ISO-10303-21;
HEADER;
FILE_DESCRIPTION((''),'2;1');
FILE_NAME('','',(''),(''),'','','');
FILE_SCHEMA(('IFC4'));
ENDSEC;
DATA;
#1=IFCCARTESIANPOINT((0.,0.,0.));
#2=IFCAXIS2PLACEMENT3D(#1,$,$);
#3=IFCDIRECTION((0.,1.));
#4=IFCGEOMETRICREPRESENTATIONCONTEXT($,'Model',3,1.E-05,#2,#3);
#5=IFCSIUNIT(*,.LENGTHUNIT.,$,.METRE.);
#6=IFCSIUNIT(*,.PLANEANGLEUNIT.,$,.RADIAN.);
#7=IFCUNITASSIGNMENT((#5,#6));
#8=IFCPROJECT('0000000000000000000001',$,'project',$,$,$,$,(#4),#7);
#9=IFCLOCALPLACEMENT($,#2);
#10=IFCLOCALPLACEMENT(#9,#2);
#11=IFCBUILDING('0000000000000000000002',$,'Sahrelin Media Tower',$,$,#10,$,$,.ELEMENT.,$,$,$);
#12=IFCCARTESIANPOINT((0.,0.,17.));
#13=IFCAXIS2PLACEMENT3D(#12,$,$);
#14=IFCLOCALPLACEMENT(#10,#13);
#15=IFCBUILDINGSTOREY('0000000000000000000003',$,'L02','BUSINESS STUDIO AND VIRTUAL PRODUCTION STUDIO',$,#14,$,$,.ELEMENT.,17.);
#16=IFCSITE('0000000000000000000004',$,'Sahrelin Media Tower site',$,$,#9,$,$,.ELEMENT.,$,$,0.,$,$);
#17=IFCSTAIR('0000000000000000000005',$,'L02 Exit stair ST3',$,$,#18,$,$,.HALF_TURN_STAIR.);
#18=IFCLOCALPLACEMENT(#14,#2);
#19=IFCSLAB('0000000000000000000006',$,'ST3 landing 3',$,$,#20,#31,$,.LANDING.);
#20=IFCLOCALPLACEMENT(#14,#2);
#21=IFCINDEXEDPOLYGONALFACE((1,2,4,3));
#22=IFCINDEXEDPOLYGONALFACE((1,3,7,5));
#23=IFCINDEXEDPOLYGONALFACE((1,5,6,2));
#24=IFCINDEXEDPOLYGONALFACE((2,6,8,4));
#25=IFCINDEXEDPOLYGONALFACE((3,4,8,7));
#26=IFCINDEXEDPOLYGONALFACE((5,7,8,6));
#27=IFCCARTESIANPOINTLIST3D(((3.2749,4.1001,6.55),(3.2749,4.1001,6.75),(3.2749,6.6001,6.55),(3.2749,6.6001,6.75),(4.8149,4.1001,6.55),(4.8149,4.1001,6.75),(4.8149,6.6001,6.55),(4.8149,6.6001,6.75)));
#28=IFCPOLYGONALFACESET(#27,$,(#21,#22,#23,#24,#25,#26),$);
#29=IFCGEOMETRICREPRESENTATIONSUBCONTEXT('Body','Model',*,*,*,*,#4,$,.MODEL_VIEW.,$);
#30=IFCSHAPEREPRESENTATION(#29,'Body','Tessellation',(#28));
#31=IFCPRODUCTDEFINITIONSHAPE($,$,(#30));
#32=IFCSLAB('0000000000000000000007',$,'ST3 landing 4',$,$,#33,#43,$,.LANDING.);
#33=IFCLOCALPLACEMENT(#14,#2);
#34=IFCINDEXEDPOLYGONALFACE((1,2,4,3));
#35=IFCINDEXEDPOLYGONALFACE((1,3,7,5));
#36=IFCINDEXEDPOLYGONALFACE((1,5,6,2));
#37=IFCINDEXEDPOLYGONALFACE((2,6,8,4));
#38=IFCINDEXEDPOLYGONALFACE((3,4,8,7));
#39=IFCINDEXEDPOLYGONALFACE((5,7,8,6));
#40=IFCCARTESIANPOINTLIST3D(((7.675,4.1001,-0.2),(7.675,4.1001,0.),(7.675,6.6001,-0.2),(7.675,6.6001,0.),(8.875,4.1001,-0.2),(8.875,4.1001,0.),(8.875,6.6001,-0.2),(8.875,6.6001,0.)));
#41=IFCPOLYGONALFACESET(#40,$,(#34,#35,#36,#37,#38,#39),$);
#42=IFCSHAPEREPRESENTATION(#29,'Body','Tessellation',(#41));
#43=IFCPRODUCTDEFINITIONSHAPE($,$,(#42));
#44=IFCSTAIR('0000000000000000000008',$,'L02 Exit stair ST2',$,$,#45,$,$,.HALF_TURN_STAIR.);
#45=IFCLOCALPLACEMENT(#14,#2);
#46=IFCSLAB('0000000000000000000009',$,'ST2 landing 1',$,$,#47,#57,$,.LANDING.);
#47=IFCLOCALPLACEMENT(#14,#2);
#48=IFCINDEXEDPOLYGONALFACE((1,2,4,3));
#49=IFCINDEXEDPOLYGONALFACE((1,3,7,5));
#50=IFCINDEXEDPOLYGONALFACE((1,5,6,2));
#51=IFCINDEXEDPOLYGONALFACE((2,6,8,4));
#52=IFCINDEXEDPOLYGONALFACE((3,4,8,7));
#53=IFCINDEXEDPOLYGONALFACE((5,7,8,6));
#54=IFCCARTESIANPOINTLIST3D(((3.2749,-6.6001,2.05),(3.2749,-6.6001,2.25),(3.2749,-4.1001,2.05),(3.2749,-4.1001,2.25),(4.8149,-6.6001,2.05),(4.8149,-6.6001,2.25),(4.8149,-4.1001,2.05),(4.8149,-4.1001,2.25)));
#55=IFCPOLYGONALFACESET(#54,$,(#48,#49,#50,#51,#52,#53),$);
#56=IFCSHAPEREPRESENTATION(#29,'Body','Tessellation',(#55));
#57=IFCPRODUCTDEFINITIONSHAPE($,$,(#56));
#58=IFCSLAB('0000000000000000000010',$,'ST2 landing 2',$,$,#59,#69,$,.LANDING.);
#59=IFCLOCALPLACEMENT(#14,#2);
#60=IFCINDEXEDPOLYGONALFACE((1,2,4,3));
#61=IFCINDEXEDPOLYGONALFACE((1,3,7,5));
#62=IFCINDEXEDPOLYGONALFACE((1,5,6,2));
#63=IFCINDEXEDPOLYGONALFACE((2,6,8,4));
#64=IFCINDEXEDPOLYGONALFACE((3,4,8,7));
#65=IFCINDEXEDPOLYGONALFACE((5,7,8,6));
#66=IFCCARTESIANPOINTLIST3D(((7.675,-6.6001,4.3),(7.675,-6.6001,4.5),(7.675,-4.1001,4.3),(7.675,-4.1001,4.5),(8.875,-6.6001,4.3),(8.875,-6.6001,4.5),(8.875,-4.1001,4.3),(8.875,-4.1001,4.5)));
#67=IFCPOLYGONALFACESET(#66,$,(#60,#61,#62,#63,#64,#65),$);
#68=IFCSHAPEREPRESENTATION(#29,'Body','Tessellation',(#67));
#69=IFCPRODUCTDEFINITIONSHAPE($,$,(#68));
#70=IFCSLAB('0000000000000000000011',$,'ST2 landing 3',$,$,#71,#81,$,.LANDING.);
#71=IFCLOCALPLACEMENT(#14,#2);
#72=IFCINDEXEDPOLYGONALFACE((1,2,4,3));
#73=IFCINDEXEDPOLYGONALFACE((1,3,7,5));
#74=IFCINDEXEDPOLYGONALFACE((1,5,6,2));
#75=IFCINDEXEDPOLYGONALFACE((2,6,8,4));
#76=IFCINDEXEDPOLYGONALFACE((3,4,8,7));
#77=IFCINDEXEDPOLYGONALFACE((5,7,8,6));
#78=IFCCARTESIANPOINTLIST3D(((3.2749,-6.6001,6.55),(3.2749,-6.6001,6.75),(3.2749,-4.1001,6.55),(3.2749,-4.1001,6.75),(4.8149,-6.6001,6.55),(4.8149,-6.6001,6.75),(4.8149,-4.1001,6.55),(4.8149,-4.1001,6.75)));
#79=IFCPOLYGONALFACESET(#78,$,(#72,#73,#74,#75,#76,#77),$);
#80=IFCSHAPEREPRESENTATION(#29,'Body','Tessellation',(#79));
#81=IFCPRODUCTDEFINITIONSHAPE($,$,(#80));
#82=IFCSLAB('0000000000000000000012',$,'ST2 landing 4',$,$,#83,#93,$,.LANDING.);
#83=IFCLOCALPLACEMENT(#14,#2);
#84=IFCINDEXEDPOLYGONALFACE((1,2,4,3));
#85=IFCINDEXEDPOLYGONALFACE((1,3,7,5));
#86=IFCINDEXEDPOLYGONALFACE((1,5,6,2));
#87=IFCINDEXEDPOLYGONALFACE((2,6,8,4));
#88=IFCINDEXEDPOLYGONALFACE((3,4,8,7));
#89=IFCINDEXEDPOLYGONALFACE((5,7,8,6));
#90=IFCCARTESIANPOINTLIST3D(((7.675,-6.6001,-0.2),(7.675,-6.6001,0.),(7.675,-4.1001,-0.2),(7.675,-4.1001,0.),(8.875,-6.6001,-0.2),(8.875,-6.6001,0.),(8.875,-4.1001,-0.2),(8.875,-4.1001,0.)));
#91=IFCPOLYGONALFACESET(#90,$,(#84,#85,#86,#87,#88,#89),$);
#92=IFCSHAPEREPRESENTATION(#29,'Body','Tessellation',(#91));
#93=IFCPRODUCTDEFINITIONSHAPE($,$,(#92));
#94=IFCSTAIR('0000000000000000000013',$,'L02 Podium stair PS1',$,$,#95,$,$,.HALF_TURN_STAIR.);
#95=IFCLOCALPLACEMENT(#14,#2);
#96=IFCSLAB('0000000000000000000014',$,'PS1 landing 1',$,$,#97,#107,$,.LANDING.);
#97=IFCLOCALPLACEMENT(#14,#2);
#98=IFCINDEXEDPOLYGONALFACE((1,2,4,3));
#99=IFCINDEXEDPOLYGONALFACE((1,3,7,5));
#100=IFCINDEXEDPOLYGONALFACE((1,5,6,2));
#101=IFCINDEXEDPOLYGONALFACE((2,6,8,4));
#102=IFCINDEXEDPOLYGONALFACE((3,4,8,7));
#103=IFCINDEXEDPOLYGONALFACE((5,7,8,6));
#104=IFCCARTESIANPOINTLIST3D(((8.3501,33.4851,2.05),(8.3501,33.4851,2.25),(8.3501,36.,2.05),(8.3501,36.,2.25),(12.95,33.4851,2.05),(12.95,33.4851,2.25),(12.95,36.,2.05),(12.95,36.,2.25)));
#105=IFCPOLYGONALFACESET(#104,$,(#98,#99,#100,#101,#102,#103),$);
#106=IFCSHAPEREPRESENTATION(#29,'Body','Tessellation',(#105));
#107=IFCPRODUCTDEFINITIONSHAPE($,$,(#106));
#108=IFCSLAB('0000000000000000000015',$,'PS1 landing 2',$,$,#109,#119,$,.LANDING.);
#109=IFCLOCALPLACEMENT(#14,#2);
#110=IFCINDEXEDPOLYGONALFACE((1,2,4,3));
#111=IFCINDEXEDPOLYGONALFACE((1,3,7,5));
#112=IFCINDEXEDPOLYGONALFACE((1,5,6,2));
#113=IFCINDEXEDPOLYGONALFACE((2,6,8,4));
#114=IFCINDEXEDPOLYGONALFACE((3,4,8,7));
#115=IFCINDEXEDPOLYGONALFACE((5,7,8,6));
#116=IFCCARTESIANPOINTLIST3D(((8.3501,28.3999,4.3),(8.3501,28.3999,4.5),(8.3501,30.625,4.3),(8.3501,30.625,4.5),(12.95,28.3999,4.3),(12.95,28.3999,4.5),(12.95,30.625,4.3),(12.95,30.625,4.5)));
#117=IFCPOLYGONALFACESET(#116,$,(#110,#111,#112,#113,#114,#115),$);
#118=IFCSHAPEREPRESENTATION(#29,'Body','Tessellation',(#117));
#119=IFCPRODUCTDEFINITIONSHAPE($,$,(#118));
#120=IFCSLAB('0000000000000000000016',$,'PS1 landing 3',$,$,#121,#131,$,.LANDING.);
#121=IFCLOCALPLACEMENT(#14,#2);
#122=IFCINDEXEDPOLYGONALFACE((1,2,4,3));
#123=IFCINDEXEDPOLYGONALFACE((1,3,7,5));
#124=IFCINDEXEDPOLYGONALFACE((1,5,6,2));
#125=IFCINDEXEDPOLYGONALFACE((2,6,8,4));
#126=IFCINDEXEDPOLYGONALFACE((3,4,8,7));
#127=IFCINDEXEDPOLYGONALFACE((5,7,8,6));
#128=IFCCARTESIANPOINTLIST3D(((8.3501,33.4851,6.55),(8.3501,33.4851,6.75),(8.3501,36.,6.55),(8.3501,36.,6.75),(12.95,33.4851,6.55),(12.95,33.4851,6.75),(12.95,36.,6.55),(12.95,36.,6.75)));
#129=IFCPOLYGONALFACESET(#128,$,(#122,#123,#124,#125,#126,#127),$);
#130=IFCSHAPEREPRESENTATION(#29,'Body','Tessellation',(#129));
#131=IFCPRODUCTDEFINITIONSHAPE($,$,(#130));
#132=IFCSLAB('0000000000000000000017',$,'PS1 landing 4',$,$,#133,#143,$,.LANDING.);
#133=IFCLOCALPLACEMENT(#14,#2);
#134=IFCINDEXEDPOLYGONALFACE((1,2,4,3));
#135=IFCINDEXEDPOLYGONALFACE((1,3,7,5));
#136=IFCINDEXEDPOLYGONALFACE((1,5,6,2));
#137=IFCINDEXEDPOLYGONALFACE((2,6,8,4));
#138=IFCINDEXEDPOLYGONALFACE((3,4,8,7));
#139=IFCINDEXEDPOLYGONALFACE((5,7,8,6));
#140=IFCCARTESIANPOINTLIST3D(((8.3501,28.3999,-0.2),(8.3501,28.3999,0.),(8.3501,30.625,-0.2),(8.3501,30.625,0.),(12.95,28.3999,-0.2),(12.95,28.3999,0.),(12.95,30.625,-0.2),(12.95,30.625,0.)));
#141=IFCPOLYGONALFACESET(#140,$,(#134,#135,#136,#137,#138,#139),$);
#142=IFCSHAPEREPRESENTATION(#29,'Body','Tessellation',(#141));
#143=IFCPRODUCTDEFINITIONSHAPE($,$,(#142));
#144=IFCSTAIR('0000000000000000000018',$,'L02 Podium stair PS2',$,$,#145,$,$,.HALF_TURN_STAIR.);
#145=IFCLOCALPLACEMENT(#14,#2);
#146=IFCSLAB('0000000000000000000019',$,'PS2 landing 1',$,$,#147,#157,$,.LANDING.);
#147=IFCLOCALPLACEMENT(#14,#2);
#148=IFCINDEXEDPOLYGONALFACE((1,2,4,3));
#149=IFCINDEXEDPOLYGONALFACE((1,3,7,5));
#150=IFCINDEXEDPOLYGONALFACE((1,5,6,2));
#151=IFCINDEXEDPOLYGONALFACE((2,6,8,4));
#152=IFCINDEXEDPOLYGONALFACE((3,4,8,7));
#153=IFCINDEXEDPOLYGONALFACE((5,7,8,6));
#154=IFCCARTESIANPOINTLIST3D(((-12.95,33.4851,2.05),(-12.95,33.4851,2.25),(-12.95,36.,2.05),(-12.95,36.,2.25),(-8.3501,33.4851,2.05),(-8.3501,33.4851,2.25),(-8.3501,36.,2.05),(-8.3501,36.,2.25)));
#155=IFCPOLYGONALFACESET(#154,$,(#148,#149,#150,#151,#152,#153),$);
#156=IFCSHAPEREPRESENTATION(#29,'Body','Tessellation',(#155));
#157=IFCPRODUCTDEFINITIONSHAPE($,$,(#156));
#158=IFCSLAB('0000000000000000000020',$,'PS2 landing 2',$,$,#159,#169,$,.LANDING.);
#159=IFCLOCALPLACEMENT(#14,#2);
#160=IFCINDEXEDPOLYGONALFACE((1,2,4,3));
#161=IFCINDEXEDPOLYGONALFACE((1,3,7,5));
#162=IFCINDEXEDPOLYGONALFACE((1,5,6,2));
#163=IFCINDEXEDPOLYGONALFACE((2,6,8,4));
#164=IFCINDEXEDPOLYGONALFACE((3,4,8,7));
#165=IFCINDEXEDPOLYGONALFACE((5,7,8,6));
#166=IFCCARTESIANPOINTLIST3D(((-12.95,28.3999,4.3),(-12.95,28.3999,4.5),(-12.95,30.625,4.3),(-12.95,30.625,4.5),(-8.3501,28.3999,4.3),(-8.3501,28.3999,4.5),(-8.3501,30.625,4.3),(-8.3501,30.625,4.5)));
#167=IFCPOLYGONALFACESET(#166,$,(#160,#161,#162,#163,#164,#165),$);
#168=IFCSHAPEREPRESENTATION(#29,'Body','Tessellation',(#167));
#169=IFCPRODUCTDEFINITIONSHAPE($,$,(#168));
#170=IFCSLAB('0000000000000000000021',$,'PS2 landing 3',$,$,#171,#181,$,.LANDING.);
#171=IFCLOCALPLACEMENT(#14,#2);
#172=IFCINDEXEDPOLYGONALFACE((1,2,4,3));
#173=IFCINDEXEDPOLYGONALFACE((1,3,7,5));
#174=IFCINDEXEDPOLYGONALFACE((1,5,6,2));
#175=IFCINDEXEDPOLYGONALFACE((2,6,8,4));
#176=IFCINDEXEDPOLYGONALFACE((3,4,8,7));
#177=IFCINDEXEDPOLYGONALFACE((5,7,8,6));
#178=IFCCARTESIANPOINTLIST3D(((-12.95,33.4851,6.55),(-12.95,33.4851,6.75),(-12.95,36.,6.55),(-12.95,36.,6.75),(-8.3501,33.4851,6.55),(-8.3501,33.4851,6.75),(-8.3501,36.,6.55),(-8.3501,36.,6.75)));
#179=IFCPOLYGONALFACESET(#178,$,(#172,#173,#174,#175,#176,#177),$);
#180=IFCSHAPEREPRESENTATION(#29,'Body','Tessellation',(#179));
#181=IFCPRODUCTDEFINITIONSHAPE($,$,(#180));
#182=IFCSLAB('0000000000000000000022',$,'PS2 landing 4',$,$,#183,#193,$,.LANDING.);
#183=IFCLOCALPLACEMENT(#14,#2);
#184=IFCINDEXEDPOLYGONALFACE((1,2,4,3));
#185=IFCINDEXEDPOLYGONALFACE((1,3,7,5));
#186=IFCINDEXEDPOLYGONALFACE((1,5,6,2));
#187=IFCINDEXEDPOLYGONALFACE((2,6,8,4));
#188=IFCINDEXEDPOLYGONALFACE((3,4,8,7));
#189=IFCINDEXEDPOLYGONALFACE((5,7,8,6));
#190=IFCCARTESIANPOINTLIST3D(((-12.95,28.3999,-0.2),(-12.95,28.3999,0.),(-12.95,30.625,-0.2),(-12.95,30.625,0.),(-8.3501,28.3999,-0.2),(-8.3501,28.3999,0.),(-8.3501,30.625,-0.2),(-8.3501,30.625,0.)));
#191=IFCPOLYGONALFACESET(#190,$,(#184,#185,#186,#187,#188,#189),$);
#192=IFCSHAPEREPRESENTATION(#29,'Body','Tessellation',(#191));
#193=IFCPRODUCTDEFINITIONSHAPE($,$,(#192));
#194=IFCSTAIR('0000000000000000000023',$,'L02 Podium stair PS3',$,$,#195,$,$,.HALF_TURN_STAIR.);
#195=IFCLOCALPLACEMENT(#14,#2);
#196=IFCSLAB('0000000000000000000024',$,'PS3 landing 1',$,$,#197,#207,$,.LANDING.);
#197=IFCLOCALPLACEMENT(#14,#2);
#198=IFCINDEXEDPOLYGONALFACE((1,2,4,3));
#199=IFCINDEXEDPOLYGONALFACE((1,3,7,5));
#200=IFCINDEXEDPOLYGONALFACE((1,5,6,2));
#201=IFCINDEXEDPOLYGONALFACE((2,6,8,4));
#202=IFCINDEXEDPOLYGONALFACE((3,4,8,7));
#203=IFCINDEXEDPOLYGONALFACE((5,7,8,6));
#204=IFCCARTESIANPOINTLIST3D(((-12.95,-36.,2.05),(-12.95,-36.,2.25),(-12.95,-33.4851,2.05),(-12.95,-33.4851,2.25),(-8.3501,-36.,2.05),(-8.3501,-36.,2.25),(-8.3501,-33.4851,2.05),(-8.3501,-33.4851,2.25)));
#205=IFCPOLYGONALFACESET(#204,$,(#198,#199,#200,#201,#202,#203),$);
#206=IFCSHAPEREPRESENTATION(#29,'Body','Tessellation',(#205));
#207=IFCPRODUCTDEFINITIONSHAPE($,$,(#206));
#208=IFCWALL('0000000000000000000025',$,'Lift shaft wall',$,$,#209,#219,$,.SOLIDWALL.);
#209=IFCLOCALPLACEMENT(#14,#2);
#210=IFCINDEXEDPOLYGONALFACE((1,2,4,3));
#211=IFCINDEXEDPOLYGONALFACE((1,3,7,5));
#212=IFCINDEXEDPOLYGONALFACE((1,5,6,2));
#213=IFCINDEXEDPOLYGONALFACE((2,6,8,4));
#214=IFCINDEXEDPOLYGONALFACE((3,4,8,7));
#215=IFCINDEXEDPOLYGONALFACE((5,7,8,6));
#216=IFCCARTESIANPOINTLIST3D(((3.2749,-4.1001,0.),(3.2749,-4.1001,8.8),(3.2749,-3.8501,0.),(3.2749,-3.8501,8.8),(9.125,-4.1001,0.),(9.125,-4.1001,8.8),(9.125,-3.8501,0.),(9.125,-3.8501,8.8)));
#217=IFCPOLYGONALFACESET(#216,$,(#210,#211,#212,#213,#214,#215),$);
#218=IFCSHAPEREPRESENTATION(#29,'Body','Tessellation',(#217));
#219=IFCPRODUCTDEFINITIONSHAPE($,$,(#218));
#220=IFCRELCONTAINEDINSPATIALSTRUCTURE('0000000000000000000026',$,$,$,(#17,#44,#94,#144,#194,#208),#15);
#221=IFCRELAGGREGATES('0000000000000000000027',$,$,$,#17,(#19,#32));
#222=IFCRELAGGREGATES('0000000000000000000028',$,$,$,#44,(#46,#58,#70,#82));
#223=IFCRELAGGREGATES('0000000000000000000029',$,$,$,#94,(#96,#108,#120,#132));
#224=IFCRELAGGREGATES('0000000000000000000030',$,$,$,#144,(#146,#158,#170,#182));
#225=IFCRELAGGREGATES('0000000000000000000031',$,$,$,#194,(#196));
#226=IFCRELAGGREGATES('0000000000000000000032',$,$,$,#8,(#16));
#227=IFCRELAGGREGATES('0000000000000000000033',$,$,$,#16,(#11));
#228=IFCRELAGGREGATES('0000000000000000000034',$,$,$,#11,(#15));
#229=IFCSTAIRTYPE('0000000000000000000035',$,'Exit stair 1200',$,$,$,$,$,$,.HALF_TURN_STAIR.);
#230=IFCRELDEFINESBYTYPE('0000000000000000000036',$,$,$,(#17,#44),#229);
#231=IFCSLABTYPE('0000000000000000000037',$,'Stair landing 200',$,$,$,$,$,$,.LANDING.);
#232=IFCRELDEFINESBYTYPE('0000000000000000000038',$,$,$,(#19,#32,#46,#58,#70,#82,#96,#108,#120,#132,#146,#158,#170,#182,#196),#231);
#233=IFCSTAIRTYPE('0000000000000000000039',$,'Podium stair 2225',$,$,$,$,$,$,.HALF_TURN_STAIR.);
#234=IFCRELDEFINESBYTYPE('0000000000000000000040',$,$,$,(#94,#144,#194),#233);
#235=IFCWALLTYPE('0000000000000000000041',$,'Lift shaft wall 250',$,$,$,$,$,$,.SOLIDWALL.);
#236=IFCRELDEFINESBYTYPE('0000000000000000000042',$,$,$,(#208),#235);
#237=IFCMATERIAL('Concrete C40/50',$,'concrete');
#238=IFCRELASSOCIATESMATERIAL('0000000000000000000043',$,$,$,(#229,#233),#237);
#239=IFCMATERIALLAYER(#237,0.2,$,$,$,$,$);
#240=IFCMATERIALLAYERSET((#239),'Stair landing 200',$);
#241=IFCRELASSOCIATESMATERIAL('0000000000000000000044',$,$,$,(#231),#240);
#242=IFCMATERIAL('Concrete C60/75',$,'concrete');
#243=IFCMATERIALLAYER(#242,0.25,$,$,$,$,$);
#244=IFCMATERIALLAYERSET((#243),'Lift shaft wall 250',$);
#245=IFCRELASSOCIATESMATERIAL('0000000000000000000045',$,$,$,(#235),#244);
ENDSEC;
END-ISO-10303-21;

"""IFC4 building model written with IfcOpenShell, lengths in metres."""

from ifc_helpers import new_model, si_unit, direction, frame, frame_2d, origin, place, context, subcontext, project, spatial, polyline, rectangle, outline, extrude, material, layer, layer_set, type_object, element, aggregate, save


model = new_model("IFC4")

# Units and contexts
model_context = context("Model", 3, precision=1e-05, world=origin(), true_north=direction((0.0, 1.0)))
body_context = subcontext(model_context, "Body", "Model", "MODEL_VIEW")
ifc_project = project(units=[si_unit("LENGTHUNIT", "METRE"), si_unit("PLANEANGLEUNIT", "RADIAN")], contexts=[model_context])

# Site, building, storey
site_placement = place(None, origin())
site = spatial("IfcSite", under=ifc_project, at=site_placement, Name="Sahrelin Media Tower site", CompositionType="ELEMENT", RefElevation=0.0)
building_placement = place(site_placement, origin())
building = spatial("IfcBuilding", under=site, at=building_placement, Name="Sahrelin Media Tower", CompositionType="ELEMENT")
storey_placement = place(building_placement, frame((0.0, 0.0, 17.0)))
storey = spatial("IfcBuildingStorey", under=building, at=storey_placement, Name="L02", Description="BUSINESS STUDIO AND VIRTUAL PRODUCTION STUDIO", CompositionType="ELEMENT", Elevation=17.0)

# Stairs, slabs
ifc_material_1 = material(Name="Concrete C40/50", Category="concrete")
stair_type_1 = type_object("IfcStairType", Name="Exit stair 1200", PredefinedType="HALF_TURN_STAIR", material=ifc_material_1)
placement_1 = place(storey_placement, origin())
stair_1 = element("IfcStair", 1, at=placement_1, inside=storey, type_object=stair_type_1, Name="L02 Exit stair ST3", PredefinedType="HALF_TURN_STAIR")
ifc_layer_1 = layer(ifc_material_1, 0.2)
ifc_layer_set_1 = layer_set([ifc_layer_1], Name="Stair landing 200")
slab_type = type_object("IfcSlabType", Name="Stair landing 200", PredefinedType="LANDING", material=ifc_layer_set_1)
placement_2 = place(storey_placement, frame((0.0, 0.0, 6.55)))
slab_1 = element("IfcSlab", 2, at=placement_2, type_object=slab_type, Name="ST3 landing 3", PredefinedType="LANDING", context=body_context, shape_type="SweptSolid", body=[
    extrude(outline(polyline([(4.8149, 6.6001), (3.2749, 6.6001), (3.2749, 4.1001), (4.8149, 4.1001), (4.8149, 6.6001)])), origin(), (0.0, 0.0, 1.0), 0.2),
])
placement_3 = place(storey_placement, frame((0.0, 0.0, -0.2)))
slab_2 = element("IfcSlab", 3, at=placement_3, type_object=slab_type, Name="ST3 landing 4", PredefinedType="LANDING", context=body_context, shape_type="SweptSolid", body=[
    extrude(outline(polyline([(8.875, 6.6001), (7.675, 6.6001), (7.675, 4.1001), (8.875, 4.1001), (8.875, 6.6001)])), origin(), (0.0, 0.0, 1.0), 0.2),
])
aggregate(stair_1, [slab_1, slab_2])
stair_2 = element("IfcStair", 4, at=placement_1, inside=storey, type_object=stair_type_1, Name="L02 Exit stair ST2", PredefinedType="HALF_TURN_STAIR")
placement_4 = place(storey_placement, frame((0.0, 0.0, 2.05)))
slab_3 = element("IfcSlab", 5, at=placement_4, type_object=slab_type, Name="ST2 landing 1", PredefinedType="LANDING", context=body_context, shape_type="SweptSolid", body=[
    extrude(outline(polyline([(4.8149, -4.1001), (3.2749, -4.1001), (3.2749, -6.6001), (4.8149, -6.6001), (4.8149, -4.1001)])), origin(), (0.0, 0.0, 1.0), 0.2),
])
placement_5 = place(storey_placement, frame((0.0, 0.0, 4.3)))
slab_4 = element("IfcSlab", 6, at=placement_5, type_object=slab_type, Name="ST2 landing 2", PredefinedType="LANDING", context=body_context, shape_type="SweptSolid", body=[
    extrude(outline(polyline([(8.875, -4.1001), (7.675, -4.1001), (7.675, -6.6001), (8.875, -6.6001), (8.875, -4.1001)])), origin(), (0.0, 0.0, 1.0), 0.2),
])
slab_5 = element("IfcSlab", 7, at=placement_2, type_object=slab_type, Name="ST2 landing 3", PredefinedType="LANDING", context=body_context, shape_type="SweptSolid", body=[
    extrude(outline(polyline([(4.8149, -4.1001), (3.2749, -4.1001), (3.2749, -6.6001), (4.8149, -6.6001), (4.8149, -4.1001)])), origin(), (0.0, 0.0, 1.0), 0.2),
])
slab_6 = element("IfcSlab", 8, at=placement_3, type_object=slab_type, Name="ST2 landing 4", PredefinedType="LANDING", context=body_context, shape_type="SweptSolid", body=[
    extrude(outline(polyline([(8.875, -4.1001), (7.675, -4.1001), (7.675, -6.6001), (8.875, -6.6001), (8.875, -4.1001)])), origin(), (0.0, 0.0, 1.0), 0.2),
])
aggregate(stair_2, [slab_3, slab_4, slab_5, slab_6])
stair_type_2 = type_object("IfcStairType", Name="Podium stair 2225", PredefinedType="HALF_TURN_STAIR", material=ifc_material_1)
stair_3 = element("IfcStair", 9, at=placement_1, inside=storey, type_object=stair_type_2, Name="L02 Podium stair PS1", PredefinedType="HALF_TURN_STAIR")
slab_7 = element("IfcSlab", 10, at=placement_4, type_object=slab_type, Name="PS1 landing 1", PredefinedType="LANDING", context=body_context, shape_type="SweptSolid", body=[
    extrude(outline(polyline([(12.95, 33.4851), (12.95, 36.0), (8.3501, 36.0), (8.3501, 33.4851), (12.95, 33.4851)])), origin(), (0.0, 0.0, 1.0), 0.2),
])
slab_8 = element("IfcSlab", 11, at=placement_5, type_object=slab_type, Name="PS1 landing 2", PredefinedType="LANDING", context=body_context, shape_type="SweptSolid", body=[
    extrude(outline(polyline([(12.95, 28.3999), (12.95, 30.625), (8.3501, 30.625), (8.3501, 28.3999), (12.95, 28.3999)])), origin(), (0.0, 0.0, 1.0), 0.2),
])
slab_9 = element("IfcSlab", 12, at=placement_2, type_object=slab_type, Name="PS1 landing 3", PredefinedType="LANDING", context=body_context, shape_type="SweptSolid", body=[
    extrude(outline(polyline([(12.95, 33.4851), (12.95, 36.0), (8.3501, 36.0), (8.3501, 33.4851), (12.95, 33.4851)])), origin(), (0.0, 0.0, 1.0), 0.2),
])
slab_10 = element("IfcSlab", 13, at=placement_3, type_object=slab_type, Name="PS1 landing 4", PredefinedType="LANDING", context=body_context, shape_type="SweptSolid", body=[
    extrude(outline(polyline([(12.95, 28.3999), (12.95, 30.625), (8.3501, 30.625), (8.3501, 28.3999), (12.95, 28.3999)])), origin(), (0.0, 0.0, 1.0), 0.2),
])
aggregate(stair_3, [slab_7, slab_8, slab_9, slab_10])
stair_4 = element("IfcStair", 14, at=placement_1, inside=storey, type_object=stair_type_2, Name="L02 Podium stair PS2", PredefinedType="HALF_TURN_STAIR")
slab_11 = element("IfcSlab", 15, at=placement_4, type_object=slab_type, Name="PS2 landing 1", PredefinedType="LANDING", context=body_context, shape_type="SweptSolid", body=[
    extrude(outline(polyline([(-8.3501, 33.4851), (-8.3501, 36.0), (-12.95, 36.0), (-12.95, 33.4851), (-8.3501, 33.4851)])), origin(), (0.0, 0.0, 1.0), 0.2),
])
slab_12 = element("IfcSlab", 16, at=placement_5, type_object=slab_type, Name="PS2 landing 2", PredefinedType="LANDING", context=body_context, shape_type="SweptSolid", body=[
    extrude(outline(polyline([(-8.3501, 28.3999), (-8.3501, 30.625), (-12.95, 30.625), (-12.95, 28.3999), (-8.3501, 28.3999)])), origin(), (0.0, 0.0, 1.0), 0.2),
])
slab_13 = element("IfcSlab", 17, at=placement_2, type_object=slab_type, Name="PS2 landing 3", PredefinedType="LANDING", context=body_context, shape_type="SweptSolid", body=[
    extrude(outline(polyline([(-8.3501, 33.4851), (-8.3501, 36.0), (-12.95, 36.0), (-12.95, 33.4851), (-8.3501, 33.4851)])), origin(), (0.0, 0.0, 1.0), 0.2),
])
slab_14 = element("IfcSlab", 18, at=placement_3, type_object=slab_type, Name="PS2 landing 4", PredefinedType="LANDING", context=body_context, shape_type="SweptSolid", body=[
    extrude(outline(polyline([(-8.3501, 28.3999), (-8.3501, 30.625), (-12.95, 30.625), (-12.95, 28.3999), (-8.3501, 28.3999)])), origin(), (0.0, 0.0, 1.0), 0.2),
])
aggregate(stair_4, [slab_11, slab_12, slab_13, slab_14])

# Stair, slab
stair_5 = element("IfcStair", 19, at=placement_1, inside=storey, type_object=stair_type_2, Name="L02 Podium stair PS3", PredefinedType="HALF_TURN_STAIR")
slab_15 = element("IfcSlab", 20, at=placement_4, type_object=slab_type, Name="PS3 landing 1", PredefinedType="LANDING", context=body_context, shape_type="SweptSolid", body=[
    extrude(outline(polyline([(-12.95, -33.4851), (-12.95, -36.0), (-8.3501, -36.0), (-8.3501, -33.4851), (-12.95, -33.4851)])), origin(), (0.0, 0.0, 1.0), 0.2),
])
aggregate(stair_5, [slab_15])

# Wall
ifc_material_2 = material(Name="Concrete C60/75", Category="concrete")
ifc_layer_2 = layer(ifc_material_2, 0.25)
ifc_layer_set_2 = layer_set([ifc_layer_2], Name="Lift shaft wall 250")
wall_type_1 = type_object("IfcWallType", Name="Lift shaft wall 250", PredefinedType="SOLIDWALL", material=ifc_layer_set_2)
wall_1_placement = place(storey_placement, frame((3.2749, -3.9751, 0.0), z_axis=(0.0, 0.0, 1.0), x_axis=(1.0, 0.0, 0.0)))
element("IfcWall", 21, at=wall_1_placement, inside=storey, type_object=wall_type_1, Name="Lift shaft wall", PredefinedType="SOLIDWALL", context=body_context, shape_type="SweptSolid", body=[
    extrude(rectangle(XDim=5.8501, YDim=0.25, at=frame_2d((2.925, 0.0))), origin(), (0.0, 0.0, 1.0), 8.8),
])

save(model, "model.ifc")
